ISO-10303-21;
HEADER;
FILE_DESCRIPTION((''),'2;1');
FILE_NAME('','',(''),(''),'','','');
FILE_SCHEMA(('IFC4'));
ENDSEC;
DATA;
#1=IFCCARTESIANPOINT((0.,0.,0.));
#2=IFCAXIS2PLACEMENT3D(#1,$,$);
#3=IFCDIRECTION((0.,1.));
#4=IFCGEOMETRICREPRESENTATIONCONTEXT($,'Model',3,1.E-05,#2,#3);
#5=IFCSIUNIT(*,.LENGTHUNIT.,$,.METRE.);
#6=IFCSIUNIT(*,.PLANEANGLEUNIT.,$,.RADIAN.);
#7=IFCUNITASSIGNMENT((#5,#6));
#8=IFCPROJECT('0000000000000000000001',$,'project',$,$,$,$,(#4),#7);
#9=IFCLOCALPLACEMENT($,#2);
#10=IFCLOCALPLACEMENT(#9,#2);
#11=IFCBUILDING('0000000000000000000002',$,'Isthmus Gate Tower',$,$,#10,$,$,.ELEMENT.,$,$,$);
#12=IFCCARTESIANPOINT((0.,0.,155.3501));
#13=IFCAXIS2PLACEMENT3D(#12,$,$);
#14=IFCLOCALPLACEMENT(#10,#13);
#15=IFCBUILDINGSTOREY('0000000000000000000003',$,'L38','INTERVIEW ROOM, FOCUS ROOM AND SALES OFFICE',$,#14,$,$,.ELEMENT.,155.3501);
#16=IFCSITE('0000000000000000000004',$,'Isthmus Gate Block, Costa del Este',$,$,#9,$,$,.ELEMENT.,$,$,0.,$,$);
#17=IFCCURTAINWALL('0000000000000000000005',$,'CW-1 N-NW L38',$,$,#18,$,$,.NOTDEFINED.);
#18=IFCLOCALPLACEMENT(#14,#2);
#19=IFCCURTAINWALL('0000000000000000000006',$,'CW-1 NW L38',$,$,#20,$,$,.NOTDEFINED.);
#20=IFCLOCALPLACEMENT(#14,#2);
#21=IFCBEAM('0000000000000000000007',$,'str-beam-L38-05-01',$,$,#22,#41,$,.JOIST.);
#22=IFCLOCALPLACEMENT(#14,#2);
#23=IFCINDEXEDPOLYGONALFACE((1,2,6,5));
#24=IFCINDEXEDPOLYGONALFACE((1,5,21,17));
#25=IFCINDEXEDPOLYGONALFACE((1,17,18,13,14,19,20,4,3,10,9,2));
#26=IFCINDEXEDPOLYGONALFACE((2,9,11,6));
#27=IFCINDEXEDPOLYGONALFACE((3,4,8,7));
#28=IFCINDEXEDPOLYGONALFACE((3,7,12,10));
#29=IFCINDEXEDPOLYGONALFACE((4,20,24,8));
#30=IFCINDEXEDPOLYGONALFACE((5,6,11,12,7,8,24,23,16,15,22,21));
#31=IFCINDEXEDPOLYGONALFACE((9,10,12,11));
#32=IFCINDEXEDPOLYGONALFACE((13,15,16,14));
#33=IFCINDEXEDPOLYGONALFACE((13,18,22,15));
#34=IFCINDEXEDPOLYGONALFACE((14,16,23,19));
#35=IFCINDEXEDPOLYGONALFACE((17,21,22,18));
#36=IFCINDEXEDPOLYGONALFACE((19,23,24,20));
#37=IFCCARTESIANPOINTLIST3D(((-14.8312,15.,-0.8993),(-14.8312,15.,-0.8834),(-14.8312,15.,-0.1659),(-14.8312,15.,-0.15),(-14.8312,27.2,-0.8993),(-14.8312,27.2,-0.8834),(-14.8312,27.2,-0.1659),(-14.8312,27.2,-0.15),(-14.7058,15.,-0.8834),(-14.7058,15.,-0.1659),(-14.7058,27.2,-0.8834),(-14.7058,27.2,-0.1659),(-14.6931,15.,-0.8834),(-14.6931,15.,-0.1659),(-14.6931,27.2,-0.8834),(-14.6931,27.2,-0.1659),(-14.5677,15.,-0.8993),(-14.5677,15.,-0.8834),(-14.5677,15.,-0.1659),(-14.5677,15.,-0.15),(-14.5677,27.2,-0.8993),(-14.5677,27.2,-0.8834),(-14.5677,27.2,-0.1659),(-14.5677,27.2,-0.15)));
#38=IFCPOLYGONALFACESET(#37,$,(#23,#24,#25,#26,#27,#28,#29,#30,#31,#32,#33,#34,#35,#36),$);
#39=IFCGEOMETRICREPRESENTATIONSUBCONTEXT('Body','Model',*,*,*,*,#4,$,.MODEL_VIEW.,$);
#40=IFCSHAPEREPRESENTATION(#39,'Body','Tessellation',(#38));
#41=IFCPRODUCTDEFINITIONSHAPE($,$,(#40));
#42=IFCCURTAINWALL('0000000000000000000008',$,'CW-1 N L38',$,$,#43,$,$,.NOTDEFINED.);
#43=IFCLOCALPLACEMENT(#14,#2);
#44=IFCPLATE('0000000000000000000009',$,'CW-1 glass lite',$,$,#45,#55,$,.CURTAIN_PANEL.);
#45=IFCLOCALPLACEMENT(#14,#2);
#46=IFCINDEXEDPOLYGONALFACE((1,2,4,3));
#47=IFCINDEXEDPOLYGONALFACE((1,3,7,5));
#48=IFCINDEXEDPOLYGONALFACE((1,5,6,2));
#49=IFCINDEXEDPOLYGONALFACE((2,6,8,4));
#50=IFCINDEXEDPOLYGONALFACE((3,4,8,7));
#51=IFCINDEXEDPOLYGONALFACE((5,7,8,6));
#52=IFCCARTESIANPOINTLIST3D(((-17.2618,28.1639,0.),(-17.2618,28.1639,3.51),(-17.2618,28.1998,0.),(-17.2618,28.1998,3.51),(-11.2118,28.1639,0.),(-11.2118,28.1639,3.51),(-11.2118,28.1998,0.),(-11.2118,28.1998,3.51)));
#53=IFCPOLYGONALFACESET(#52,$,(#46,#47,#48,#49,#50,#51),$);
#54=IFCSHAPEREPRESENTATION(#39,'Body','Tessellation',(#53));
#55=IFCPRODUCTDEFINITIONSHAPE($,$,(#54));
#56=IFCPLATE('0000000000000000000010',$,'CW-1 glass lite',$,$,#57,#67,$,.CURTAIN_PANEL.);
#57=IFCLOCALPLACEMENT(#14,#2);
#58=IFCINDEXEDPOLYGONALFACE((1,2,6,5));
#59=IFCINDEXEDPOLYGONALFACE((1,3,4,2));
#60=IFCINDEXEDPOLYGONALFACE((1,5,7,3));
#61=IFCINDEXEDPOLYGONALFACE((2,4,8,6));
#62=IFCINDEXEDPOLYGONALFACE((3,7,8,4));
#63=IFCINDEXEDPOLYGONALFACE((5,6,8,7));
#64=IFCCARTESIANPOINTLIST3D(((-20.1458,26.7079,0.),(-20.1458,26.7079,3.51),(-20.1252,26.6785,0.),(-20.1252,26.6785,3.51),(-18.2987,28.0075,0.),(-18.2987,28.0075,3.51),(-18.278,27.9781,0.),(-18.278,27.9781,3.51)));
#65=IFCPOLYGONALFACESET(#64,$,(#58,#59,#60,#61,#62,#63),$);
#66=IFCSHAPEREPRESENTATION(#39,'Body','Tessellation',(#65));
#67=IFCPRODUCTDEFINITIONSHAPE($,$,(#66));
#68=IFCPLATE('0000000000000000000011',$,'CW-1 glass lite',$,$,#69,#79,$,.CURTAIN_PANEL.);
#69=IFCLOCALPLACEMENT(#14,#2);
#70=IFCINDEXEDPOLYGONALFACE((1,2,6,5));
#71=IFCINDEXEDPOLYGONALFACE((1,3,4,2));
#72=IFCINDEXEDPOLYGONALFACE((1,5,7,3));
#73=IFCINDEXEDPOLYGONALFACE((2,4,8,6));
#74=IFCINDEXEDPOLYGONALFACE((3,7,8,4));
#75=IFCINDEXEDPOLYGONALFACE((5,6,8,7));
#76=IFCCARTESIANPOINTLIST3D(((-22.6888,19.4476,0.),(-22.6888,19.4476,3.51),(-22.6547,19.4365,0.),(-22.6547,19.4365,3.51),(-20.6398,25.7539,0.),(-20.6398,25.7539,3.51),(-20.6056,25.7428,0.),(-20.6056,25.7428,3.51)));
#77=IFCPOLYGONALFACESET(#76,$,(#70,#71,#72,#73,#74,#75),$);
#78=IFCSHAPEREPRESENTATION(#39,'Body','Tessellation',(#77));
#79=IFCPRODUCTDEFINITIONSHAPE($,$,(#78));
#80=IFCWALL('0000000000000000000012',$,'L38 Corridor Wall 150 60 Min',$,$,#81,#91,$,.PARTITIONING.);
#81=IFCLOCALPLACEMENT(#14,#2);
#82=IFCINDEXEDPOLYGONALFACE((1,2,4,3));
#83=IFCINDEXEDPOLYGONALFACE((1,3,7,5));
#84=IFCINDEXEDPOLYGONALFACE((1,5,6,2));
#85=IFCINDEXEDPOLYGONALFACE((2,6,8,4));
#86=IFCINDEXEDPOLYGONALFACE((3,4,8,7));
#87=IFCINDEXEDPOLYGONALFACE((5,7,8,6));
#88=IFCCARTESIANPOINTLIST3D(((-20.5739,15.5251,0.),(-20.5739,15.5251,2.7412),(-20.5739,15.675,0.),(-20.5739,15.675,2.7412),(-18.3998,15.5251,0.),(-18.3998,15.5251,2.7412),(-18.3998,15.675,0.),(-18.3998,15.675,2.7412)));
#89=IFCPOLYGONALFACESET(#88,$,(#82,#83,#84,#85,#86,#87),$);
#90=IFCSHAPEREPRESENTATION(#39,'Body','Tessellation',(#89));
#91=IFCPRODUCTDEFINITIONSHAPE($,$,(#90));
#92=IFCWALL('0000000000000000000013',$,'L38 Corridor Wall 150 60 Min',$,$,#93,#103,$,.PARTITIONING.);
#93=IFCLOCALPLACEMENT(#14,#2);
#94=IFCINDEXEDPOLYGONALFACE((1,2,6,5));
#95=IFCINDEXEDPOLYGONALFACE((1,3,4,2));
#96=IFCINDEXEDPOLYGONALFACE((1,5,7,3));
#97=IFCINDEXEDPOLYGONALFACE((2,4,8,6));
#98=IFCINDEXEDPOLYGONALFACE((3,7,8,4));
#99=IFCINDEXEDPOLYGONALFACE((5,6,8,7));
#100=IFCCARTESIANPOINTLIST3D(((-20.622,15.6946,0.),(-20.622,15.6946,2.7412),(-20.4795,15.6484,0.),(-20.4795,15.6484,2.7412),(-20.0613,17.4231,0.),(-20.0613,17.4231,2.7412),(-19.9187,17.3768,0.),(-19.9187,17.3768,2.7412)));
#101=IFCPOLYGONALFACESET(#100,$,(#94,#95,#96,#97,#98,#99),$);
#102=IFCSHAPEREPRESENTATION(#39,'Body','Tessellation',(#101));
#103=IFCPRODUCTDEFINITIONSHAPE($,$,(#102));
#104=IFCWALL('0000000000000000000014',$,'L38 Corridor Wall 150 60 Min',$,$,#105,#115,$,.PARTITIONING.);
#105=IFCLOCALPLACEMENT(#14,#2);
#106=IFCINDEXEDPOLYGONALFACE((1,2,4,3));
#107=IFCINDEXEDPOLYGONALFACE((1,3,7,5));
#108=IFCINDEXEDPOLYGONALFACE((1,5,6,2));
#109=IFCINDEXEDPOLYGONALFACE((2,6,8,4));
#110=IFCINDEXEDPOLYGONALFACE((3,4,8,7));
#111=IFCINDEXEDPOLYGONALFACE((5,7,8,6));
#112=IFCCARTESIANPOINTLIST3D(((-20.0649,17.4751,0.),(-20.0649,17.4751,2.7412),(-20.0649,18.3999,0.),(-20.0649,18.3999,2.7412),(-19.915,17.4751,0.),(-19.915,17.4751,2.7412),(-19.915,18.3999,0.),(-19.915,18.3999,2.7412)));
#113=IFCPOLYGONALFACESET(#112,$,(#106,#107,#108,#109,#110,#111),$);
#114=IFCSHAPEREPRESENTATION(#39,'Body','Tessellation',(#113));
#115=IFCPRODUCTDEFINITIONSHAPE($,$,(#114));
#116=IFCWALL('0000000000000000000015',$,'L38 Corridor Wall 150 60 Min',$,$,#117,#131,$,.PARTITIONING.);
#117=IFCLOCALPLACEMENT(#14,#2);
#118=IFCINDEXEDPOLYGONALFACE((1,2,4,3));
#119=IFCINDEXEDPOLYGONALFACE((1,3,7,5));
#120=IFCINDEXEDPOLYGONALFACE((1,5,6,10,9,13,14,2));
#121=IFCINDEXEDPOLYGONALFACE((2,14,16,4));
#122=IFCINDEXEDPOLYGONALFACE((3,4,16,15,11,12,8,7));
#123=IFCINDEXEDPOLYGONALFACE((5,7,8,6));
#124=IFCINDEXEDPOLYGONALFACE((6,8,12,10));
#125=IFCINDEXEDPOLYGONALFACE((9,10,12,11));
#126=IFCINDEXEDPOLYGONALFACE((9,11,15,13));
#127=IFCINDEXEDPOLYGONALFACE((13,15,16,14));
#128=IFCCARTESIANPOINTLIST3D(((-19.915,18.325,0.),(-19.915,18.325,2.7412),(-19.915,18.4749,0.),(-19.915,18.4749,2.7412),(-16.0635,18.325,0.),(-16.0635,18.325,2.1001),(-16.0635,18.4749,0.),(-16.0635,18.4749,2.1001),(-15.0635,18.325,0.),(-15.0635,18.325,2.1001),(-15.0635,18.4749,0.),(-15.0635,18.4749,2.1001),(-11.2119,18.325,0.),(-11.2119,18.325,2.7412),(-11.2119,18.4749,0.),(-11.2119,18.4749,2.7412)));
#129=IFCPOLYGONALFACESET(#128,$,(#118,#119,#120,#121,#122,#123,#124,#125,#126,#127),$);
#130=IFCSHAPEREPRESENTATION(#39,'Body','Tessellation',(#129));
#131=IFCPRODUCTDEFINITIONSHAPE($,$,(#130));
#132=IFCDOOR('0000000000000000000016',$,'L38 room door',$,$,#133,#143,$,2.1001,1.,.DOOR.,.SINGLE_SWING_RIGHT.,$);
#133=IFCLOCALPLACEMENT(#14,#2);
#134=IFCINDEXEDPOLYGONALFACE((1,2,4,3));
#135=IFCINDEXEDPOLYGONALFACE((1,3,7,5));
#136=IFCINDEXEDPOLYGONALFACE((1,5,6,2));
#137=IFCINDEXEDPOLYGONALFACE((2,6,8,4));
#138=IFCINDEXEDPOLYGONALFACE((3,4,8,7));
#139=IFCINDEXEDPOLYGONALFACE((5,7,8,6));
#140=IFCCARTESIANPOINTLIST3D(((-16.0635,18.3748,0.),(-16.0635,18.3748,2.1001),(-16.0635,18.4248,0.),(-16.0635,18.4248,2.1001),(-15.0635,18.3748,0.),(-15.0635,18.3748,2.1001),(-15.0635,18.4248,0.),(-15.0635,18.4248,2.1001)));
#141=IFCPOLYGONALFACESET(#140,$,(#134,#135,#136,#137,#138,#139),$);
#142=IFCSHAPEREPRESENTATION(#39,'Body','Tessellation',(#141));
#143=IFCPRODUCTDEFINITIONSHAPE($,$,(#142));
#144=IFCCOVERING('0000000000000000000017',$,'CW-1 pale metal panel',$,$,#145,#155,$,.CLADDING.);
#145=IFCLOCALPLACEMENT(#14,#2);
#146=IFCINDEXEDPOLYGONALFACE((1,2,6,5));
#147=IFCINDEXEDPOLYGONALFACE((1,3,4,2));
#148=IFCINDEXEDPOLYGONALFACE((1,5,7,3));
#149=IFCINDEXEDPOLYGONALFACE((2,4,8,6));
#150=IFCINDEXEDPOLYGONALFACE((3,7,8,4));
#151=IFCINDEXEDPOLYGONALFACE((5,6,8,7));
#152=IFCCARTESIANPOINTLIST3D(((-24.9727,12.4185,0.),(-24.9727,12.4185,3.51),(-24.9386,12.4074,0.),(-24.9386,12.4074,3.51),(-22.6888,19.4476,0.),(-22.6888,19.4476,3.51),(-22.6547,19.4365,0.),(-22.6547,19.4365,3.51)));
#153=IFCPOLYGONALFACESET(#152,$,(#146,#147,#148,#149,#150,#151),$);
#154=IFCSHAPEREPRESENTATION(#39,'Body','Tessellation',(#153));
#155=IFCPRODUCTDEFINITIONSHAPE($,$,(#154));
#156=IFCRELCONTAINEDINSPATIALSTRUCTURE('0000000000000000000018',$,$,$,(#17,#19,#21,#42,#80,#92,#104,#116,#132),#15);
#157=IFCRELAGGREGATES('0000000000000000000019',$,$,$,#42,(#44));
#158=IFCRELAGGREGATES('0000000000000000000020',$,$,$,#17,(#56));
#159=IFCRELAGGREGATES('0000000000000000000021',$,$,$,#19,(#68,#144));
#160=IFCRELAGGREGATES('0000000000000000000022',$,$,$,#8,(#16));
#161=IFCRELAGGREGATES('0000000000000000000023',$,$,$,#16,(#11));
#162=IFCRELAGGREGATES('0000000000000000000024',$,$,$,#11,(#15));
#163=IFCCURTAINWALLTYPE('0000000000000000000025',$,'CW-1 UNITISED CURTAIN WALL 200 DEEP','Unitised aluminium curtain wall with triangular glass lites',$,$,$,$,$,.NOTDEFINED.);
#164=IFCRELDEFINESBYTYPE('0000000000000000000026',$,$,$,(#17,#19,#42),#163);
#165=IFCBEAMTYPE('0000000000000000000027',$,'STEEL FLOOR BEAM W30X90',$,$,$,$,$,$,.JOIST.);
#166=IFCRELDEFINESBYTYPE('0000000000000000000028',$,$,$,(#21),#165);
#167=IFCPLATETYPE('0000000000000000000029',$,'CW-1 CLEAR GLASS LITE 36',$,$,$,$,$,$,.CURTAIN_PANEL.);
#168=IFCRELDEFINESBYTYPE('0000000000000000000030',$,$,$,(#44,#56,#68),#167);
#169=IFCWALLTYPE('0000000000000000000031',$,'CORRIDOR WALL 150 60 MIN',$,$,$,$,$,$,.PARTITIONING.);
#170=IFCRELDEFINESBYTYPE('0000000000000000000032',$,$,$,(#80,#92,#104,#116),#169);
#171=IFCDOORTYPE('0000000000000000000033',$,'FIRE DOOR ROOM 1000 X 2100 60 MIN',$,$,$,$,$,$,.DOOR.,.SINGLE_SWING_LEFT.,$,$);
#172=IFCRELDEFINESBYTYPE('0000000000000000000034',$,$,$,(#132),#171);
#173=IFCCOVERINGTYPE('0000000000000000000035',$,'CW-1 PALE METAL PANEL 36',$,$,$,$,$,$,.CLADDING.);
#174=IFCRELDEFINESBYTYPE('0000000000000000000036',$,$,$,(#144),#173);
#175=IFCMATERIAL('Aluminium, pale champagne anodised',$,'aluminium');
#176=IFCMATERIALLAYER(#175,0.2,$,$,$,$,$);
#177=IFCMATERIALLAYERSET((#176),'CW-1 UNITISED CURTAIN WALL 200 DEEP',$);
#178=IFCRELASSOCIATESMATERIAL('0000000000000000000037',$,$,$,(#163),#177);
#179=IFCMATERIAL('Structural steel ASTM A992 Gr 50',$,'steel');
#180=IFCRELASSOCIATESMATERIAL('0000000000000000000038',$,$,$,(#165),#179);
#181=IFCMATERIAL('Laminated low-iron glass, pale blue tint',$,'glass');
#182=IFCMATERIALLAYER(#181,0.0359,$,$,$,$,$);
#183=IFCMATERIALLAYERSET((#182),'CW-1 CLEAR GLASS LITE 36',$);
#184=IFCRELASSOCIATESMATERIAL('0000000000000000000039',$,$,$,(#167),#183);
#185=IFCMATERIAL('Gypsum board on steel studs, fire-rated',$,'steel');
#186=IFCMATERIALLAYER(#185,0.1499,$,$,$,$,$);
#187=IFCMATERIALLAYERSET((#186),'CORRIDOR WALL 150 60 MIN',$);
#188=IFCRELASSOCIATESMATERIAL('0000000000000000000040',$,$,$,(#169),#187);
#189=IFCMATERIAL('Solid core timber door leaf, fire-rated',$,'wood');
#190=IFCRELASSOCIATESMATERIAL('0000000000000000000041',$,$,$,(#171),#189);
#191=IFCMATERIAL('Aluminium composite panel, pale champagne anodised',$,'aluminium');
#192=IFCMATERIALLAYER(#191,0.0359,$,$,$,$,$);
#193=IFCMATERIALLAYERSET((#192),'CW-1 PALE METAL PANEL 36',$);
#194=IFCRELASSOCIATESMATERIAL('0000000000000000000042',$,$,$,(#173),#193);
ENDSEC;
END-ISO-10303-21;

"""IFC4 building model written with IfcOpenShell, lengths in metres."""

from ifc_helpers import new_model, si_unit, direction, frame, frame_2d, origin, origin_2d, place, context, subcontext, project, spatial, rectangle, i_section, extrude, material, layer, layer_set, material_profile, profile_set, type_object, element, fill, aggregate, save


model = new_model("IFC4")

# Units and contexts
model_context = context("Model", 3, precision=1e-05, world=origin(), true_north=direction((0.0, 1.0)))
body_context = subcontext(model_context, "Body", "Model", "MODEL_VIEW")
ifc_project = project(units=[si_unit("LENGTHUNIT", "METRE"), si_unit("PLANEANGLEUNIT", "RADIAN")], contexts=[model_context])

# Site, building, storey
site_placement = place(None, origin())
site = spatial("IfcSite", under=ifc_project, at=site_placement, Name="Isthmus Gate Block, Costa del Este", CompositionType="ELEMENT", RefElevation=0.0)
building_placement = place(site_placement, origin())
building = spatial("IfcBuilding", under=site, at=building_placement, Name="Isthmus Gate Tower", CompositionType="ELEMENT")
storey_placement = place(building_placement, frame((0.0, 0.0, 155.3501)))
storey = spatial("IfcBuildingStorey", under=building, at=storey_placement, Name="L38", Description="INTERVIEW ROOM, FOCUS ROOM AND SALES OFFICE", CompositionType="ELEMENT", Elevation=155.3501)

# Curtain walls
ifc_material_1 = material(Name="Aluminium, pale champagne anodised", Category="aluminium")
ifc_layer_1 = layer(ifc_material_1, 0.2)
ifc_layer_set_1 = layer_set([ifc_layer_1], Name="CW-1 UNITISED CURTAIN WALL 200 DEEP")
curtain_wall_type = type_object("IfcCurtainWallType", Name="CW-1 UNITISED CURTAIN WALL 200 DEEP", Description="Unitised aluminium curtain wall with triangular glass lites", PredefinedType="NOTDEFINED", material=ifc_layer_set_1)
curtain_wall_1_placement = place(storey_placement, origin())
curtain_wall_1 = element("IfcCurtainWall", 1, at=curtain_wall_1_placement, inside=storey, type_object=curtain_wall_type, Name="CW-1 N-NW L38", PredefinedType="NOTDEFINED")
curtain_wall_2_placement = place(storey_placement, origin())
curtain_wall_2 = element("IfcCurtainWall", 2, at=curtain_wall_2_placement, inside=storey, type_object=curtain_wall_type, Name="CW-1 NW L38", PredefinedType="NOTDEFINED")

# Beam
ifc_material_2 = material(Name="Structural steel ASTM A992 Gr 50", Category="steel")
ifc_material_profile_1 = material_profile(ifc_material_2, i_section(OverallWidth=0.2634, OverallDepth=0.7493, WebThickness=0.0127, FlangeThickness=0.0159, at=origin_2d()), Name="W30X90")
ifc_profile_set_1 = profile_set([ifc_material_profile_1], Name="Structural steel ASTM A992 Gr 50")
beam_type_1 = type_object("IfcBeamType", Name="STEEL FLOOR BEAM W30X90", PredefinedType="JOIST", material=ifc_profile_set_1)
beam_1_placement = place(storey_placement, frame((-14.6995, 15.0, -0.5247), z_axis=(0.0, 1.0, 0.0), x_axis=(-1.0, 0.0, 0.0)))
element("IfcBeam", 3, at=beam_1_placement, inside=storey, type_object=beam_type_1, Name="str-beam-L38-05-01", PredefinedType="JOIST", context=body_context, shape_type="SweptSolid", body=[
    extrude(i_section(OverallWidth=0.2634, OverallDepth=0.7493, WebThickness=0.0127, FlangeThickness=0.0159, at=origin_2d()), origin(), (0.0, 0.0, 1.0), 12.2),
])

# Curtain wall, plate
curtain_wall_3_placement = place(storey_placement, origin())
curtain_wall_3 = element("IfcCurtainWall", 4, at=curtain_wall_3_placement, inside=storey, type_object=curtain_wall_type, Name="CW-1 N L38", PredefinedType="NOTDEFINED")
ifc_material_3 = material(Name="Laminated low-iron glass, pale blue tint", Category="glass")
ifc_layer_2 = layer(ifc_material_3, 0.0359)
ifc_layer_set_2 = layer_set([ifc_layer_2], Name="CW-1 CLEAR GLASS LITE 36")
plate_type = type_object("IfcPlateType", Name="CW-1 CLEAR GLASS LITE 36", PredefinedType="CURTAIN_PANEL", material=ifc_layer_set_2)
plate_1_placement = place(storey_placement, frame((-14.2368, 28.1819, 0.0), z_axis=(0.0, 0.0, 1.0), x_axis=(-1.0, 0.0, 0.0)))
plate_1 = element("IfcPlate", 5, at=plate_1_placement, type_object=plate_type, Name="CW-1 glass lite", PredefinedType="CURTAIN_PANEL", context=body_context, shape_type="SweptSolid", body=[
    extrude(rectangle(XDim=6.05, YDim=0.0359, at=origin_2d()), origin(), (0.0, 0.0, 1.0), 3.51),
])
aggregate(curtain_wall_3, [plate_1])

# Plates
plate_2_placement = place(storey_placement, frame((-19.2119, 27.343, 0.0), z_axis=(0.0, 0.0, 1.0), x_axis=(-0.81786, -0.575418, 0.0)))
plate_2 = element("IfcPlate", 6, at=plate_2_placement, type_object=plate_type, Name="CW-1 glass lite", PredefinedType="CURTAIN_PANEL", context=body_context, shape_type="SweptSolid", body=[
    extrude(rectangle(XDim=2.2585, YDim=0.0359, at=origin_2d()), origin(), (0.0, 0.0, 1.0), 3.51),
])
aggregate(curtain_wall_1, [plate_2])
plate_3_placement = place(storey_placement, frame((-21.6472, 22.5952, 0.0), z_axis=(0.0, 0.0, 1.0), x_axis=(-0.309017, -0.951057, 0.0)))
plate_3 = element("IfcPlate", 7, at=plate_3_placement, type_object=plate_type, Name="CW-1 glass lite", PredefinedType="CURTAIN_PANEL", context=body_context, shape_type="SweptSolid", body=[
    extrude(rectangle(XDim=6.6309, YDim=0.0359, at=origin_2d()), origin(), (0.0, 0.0, 1.0), 3.51),
])

# Walls
ifc_material_4 = material(Name="Gypsum board on steel studs, fire-rated", Category="steel")
ifc_layer_3 = layer(ifc_material_4, 0.1499)
ifc_layer_set_3 = layer_set([ifc_layer_3], Name="CORRIDOR WALL 150 60 MIN")
wall_type = type_object("IfcWallType", Name="CORRIDOR WALL 150 60 MIN", PredefinedType="PARTITIONING", material=ifc_layer_set_3)
wall_1_placement = place(storey_placement, frame((-18.3999, 15.6001, 0.0), z_axis=(0.0, 0.0, 1.0), x_axis=(-1.0, 0.0, 0.0)))
element("IfcWall", 8, at=wall_1_placement, inside=storey, type_object=wall_type, Name="L38 Corridor Wall 150 60 Min", PredefinedType="PARTITIONING", context=body_context, shape_type="SweptSolid", body=[
    extrude(rectangle(XDim=2.1741, YDim=0.1499, at=frame_2d((1.0869, 0.0))), origin(), (0.0, 0.0, 1.0), 2.7412),
])
wall_2_placement = place(storey_placement, frame((-20.5508, 15.6714, 0.0), z_axis=(0.0, 0.0, 1.0), x_axis=(0.3086, 0.951192, 0.0)))
element("IfcWall", 9, at=wall_2_placement, inside=storey, type_object=wall_type, Name="L38 Corridor Wall 150 60 Min", PredefinedType="PARTITIONING", context=body_context, shape_type="SweptSolid", body=[
    extrude(rectangle(XDim=1.8171, YDim=0.1499, at=frame_2d((0.9087, 0.0))), origin(), (0.0, 0.0, 1.0), 2.7412),
])
wall_3_placement = place(storey_placement, frame((-19.99, 17.4751, 0.0), z_axis=(0.0, 0.0, 1.0), x_axis=(0.0, 1.0, 0.0)))
element("IfcWall", 10, at=wall_3_placement, inside=storey, type_object=wall_type, Name="L38 Corridor Wall 150 60 Min", PredefinedType="PARTITIONING", context=body_context, shape_type="SweptSolid", body=[
    extrude(rectangle(XDim=0.9248, YDim=0.1499, at=frame_2d((0.4624, 0.0))), origin(), (0.0, 0.0, 1.0), 2.7412),
])

# Wall, opening, door
wall_4_placement = place(storey_placement, frame((-19.915, 18.3999, 0.0), z_axis=(0.0, 0.0, 1.0), x_axis=(1.0, 0.0, 0.0)))
wall_4 = element("IfcWall", 11, at=wall_4_placement, inside=storey, type_object=wall_type, Name="L38 Corridor Wall 150 60 Min", PredefinedType="PARTITIONING", context=body_context, shape_type="SweptSolid", body=[
    extrude(rectangle(XDim=8.7031, YDim=0.1499, at=frame_2d((4.3516, 0.0))), origin(), (0.0, 0.0, 1.0), 2.7412),
])
opening_placement = place(wall_4_placement, frame((3.8516, 0.0, 0.0)))
opening = element("IfcOpeningElement", 12, at=opening_placement, cuts=wall_4, PredefinedType="OPENING", context=body_context, shape_type="SweptSolid", body=[
    extrude(rectangle(XDim=1.0, YDim=2.1001, at=frame_2d((0.5, 1.05))), frame((0.0, 0.085, 0.0), z_axis=(0.0, -1.0, 0.0), x_axis=(1.0, 0.0, 0.0)), (0.0, 0.0, 1.0), 0.1699),
])
ifc_material_5 = material(Name="Solid core timber door leaf, fire-rated", Category="wood")
door_type = type_object("IfcDoorType", Name="FIRE DOOR ROOM 1000 X 2100 60 MIN", OperationType="SINGLE_SWING_LEFT", PredefinedType="DOOR", material=ifc_material_5)
door_placement = place(opening_placement, origin())
door = element("IfcDoor", 13, at=door_placement, inside=storey, type_object=door_type, Name="L38 room door", OperationType="SINGLE_SWING_RIGHT", OverallHeight=2.1001, OverallWidth=1.0, PredefinedType="DOOR", context=body_context, shape_type="SweptSolid", body=[
    extrude(rectangle(XDim=1.0, YDim=2.1001, at=frame_2d((0.5, 1.05))), frame((0.0, 0.0249, 0.0), z_axis=(0.0, -1.0, 0.0), x_axis=(1.0, 0.0, 0.0)), (0.0, 0.0, 1.0), 0.05),
])
fill(opening, door)

# Covering
ifc_material_6 = material(Name="Aluminium composite panel, pale champagne anodised", Category="aluminium")
ifc_layer_4 = layer(ifc_material_6, 0.0359)
ifc_layer_set_4 = layer_set([ifc_layer_4], Name="CW-1 PALE METAL PANEL 36")
covering_type = type_object("IfcCoveringType", Name="CW-1 PALE METAL PANEL 36", PredefinedType="CLADDING", material=ifc_layer_set_4)
covering_placement = place(storey_placement, frame((-23.8137, 15.9275, 0.0), z_axis=(0.0, 0.0, 1.0), x_axis=(-0.309017, -0.951057, 0.0)))
covering = element("IfcCovering", 14, at=covering_placement, type_object=covering_type, Name="CW-1 pale metal panel", PredefinedType="CLADDING", context=body_context, shape_type="SweptSolid", body=[
    extrude(rectangle(XDim=7.3909, YDim=0.0359, at=origin_2d()), origin(), (0.0, 0.0, 1.0), 3.51),
])
aggregate(curtain_wall_2, [plate_3, covering])

save(model, "model.ifc")
